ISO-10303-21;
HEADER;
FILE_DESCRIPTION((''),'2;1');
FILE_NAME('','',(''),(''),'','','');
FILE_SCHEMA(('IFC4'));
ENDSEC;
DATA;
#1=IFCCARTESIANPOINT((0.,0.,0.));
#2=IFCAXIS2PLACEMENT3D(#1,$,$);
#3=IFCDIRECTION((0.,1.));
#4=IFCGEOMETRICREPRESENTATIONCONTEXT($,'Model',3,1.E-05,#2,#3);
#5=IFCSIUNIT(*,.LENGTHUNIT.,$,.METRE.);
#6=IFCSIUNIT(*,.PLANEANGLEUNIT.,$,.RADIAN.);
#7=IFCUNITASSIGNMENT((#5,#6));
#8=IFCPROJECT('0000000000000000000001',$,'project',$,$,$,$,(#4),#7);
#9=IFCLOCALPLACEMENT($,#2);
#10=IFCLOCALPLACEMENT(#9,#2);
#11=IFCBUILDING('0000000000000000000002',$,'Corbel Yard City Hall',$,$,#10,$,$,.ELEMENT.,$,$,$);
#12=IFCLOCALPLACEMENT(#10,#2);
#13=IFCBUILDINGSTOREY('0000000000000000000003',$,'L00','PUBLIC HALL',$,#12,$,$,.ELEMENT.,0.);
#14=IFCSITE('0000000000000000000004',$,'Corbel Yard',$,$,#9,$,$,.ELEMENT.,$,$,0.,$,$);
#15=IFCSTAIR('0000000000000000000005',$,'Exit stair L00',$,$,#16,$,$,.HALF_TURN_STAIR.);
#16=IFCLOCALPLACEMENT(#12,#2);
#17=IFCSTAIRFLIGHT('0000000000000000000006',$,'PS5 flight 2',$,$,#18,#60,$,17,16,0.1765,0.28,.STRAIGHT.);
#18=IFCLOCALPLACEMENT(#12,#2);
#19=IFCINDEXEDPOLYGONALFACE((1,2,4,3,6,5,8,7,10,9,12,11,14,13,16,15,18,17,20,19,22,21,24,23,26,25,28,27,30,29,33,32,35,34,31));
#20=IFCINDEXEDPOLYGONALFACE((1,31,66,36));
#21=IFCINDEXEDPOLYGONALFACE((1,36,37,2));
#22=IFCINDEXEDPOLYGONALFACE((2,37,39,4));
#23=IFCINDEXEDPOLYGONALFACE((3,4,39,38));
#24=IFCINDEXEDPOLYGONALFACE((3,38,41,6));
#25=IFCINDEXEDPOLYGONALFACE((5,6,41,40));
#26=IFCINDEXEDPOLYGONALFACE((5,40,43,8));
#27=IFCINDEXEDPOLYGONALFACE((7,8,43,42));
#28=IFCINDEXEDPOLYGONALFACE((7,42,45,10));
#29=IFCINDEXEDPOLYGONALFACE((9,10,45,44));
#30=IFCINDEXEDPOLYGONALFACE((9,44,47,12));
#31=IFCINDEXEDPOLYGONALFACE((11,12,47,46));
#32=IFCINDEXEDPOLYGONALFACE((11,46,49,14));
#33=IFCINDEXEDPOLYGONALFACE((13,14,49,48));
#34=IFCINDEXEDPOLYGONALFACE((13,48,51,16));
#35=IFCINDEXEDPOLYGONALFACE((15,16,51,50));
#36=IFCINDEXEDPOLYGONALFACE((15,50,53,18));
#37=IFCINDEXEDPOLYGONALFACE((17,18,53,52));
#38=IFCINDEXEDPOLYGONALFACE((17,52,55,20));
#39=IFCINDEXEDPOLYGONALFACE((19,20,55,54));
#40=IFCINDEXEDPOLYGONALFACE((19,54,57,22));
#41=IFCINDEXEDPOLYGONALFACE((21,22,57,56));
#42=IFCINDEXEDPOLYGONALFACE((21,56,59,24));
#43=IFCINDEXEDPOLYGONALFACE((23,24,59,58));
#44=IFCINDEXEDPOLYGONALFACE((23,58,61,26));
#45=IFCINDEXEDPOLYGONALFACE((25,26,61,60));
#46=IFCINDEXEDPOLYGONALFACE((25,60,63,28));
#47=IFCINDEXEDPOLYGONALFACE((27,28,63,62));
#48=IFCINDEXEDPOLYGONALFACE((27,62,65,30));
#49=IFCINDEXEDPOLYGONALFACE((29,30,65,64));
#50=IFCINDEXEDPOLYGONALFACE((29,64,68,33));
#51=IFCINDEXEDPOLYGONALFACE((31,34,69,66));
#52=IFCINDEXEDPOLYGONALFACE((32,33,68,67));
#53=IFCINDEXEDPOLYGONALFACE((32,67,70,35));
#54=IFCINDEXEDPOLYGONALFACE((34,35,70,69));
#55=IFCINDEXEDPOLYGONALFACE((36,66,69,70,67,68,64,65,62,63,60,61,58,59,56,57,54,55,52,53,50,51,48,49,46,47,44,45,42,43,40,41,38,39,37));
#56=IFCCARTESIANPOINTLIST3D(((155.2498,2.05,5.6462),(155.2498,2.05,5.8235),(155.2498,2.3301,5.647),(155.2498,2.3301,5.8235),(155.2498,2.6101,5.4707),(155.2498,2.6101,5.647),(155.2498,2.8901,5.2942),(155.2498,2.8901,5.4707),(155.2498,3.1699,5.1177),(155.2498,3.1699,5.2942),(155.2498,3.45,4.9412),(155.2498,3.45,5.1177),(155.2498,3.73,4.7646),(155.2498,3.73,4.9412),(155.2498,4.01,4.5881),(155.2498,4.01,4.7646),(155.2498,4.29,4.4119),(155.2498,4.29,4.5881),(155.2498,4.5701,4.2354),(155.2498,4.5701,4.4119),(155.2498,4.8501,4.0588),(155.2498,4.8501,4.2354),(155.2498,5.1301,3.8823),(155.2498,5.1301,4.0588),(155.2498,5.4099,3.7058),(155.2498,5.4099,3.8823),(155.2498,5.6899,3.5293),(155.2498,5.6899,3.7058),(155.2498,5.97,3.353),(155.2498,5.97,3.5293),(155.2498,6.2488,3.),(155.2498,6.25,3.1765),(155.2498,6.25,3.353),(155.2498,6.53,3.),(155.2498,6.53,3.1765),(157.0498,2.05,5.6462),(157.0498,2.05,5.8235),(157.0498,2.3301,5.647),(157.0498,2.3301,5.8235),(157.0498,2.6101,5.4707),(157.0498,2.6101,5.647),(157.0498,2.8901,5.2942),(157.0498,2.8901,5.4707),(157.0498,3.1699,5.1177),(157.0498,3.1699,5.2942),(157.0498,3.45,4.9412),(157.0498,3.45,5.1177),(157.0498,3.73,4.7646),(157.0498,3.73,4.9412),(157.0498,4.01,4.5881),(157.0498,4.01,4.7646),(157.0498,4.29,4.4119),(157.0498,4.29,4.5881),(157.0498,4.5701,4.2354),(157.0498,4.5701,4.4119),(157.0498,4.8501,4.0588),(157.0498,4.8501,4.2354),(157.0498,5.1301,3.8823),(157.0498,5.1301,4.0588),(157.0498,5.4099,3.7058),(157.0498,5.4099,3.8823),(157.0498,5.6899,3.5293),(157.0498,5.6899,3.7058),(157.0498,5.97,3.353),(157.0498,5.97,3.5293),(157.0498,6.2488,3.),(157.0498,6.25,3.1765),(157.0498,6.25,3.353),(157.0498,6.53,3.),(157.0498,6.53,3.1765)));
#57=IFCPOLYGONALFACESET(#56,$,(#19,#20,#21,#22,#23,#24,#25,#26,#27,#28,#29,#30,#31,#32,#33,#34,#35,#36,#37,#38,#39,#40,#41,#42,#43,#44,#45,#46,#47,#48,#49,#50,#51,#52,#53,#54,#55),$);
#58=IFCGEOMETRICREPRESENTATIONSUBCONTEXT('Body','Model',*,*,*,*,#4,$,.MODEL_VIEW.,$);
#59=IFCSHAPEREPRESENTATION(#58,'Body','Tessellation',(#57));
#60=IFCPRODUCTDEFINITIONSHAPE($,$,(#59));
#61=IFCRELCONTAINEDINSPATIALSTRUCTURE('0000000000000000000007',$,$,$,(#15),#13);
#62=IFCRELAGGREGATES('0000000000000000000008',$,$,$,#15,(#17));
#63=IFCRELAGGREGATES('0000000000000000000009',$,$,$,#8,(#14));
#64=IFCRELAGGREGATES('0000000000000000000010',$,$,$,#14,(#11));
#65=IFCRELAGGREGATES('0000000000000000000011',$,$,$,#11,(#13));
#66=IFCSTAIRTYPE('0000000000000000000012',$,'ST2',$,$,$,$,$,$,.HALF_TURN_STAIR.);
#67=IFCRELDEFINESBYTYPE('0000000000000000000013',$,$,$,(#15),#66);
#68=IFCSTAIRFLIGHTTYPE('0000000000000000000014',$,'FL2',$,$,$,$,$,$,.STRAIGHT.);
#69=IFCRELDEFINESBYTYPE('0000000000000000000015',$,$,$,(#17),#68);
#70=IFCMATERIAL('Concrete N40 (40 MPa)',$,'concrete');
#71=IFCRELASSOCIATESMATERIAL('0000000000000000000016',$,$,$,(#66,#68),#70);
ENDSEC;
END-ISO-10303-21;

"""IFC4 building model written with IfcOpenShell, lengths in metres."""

from ifc_helpers import new_model, si_unit, direction, frame, origin, place, context, subcontext, project, spatial, polyline, outline, extrude, material, type_object, element, aggregate, save


model = new_model("IFC4")

# Units and contexts
model_context = context("Model", 3, precision=1e-05, world=origin(), true_north=direction((0.0, 1.0)))
body_context = subcontext(model_context, "Body", "Model", "MODEL_VIEW")
ifc_project = project(units=[si_unit("LENGTHUNIT", "METRE"), si_unit("PLANEANGLEUNIT", "RADIAN")], contexts=[model_context])

# Site, building, storey
site_placement = place(None, origin())
site = spatial("IfcSite", under=ifc_project, at=site_placement, Name="Corbel Yard", CompositionType="ELEMENT", RefElevation=0.0)
building_placement = place(site_placement, origin())
building = spatial("IfcBuilding", under=site, at=building_placement, Name="Corbel Yard City Hall", CompositionType="ELEMENT")
storey_placement = place(building_placement, origin())
storey = spatial("IfcBuildingStorey", under=building, at=storey_placement, Name="L00", Description="PUBLIC HALL", CompositionType="ELEMENT", Elevation=0.0)

# Shared definitions
ifc_material_1 = material(Name="Concrete N40 (40 MPa)", Category="concrete")

# Stair, stair flight
stair_type = type_object("IfcStairType", Name="ST2", PredefinedType="HALF_TURN_STAIR", material=ifc_material_1)
stair_placement = place(storey_placement, origin())
stair = element("IfcStair", 1, at=stair_placement, inside=storey, type_object=stair_type, Name="Exit stair L00", PredefinedType="HALF_TURN_STAIR")
stair_flight_type = type_object("IfcStairFlightType", Name="FL2", PredefinedType="STRAIGHT", material=ifc_material_1)
stair_flight_placement = place(storey_placement, frame((156.1499, 6.53, 3.0), z_axis=(0.0, 0.0, 1.0), x_axis=(0.0, -1.0, 0.0)))
stair_flight = element("IfcStairFlight", 2, at=stair_flight_placement, type_object=stair_flight_type, Name="PS5 flight 2", NumberOfRisers=17, NumberOfTreads=16, PredefinedType="STRAIGHT", RiserHeight=0.1765, TreadLength=0.28, context=body_context, shape_type="SweptSolid", body=[
    extrude(outline(polyline([(0.0, 0.0), (0.0, 0.1765), (0.28, 0.1765), (0.28, 0.353), (0.5601, 0.353), (0.5601, 0.5293), (0.8401, 0.5293), (0.8401, 0.7058), (1.1201, 0.7058), (1.1201, 0.8823), (1.3999, 0.8823), (1.3999, 1.0588), (1.6799, 1.0588), (1.6799, 1.2354), (1.96, 1.2354), (1.96, 1.4119), (2.24, 1.4119), (2.24, 1.5881), (2.52, 1.5881), (2.52, 1.7646), (2.8, 1.7646), (2.8, 1.9412), (3.0801, 1.9412), (3.0801, 2.1177), (3.3601, 2.1177), (3.3601, 2.2942), (3.6399, 2.2942), (3.6399, 2.4707), (3.9199, 2.4707), (3.9199, 2.647), (4.2, 2.647), (4.2, 2.8235), (4.48, 2.8235), (4.48, 3.0), (4.48, 2.6462), (0.2812, 0.0), (0.0, 0.0)])), frame((0.0, 0.8999, 0.0), z_axis=(0.0, -1.0, 0.0), x_axis=(1.0, 0.0, 0.0)), (0.0, 0.0, 1.0), 1.8),
])
aggregate(stair, [stair_flight])

save(model, "model.ifc")
